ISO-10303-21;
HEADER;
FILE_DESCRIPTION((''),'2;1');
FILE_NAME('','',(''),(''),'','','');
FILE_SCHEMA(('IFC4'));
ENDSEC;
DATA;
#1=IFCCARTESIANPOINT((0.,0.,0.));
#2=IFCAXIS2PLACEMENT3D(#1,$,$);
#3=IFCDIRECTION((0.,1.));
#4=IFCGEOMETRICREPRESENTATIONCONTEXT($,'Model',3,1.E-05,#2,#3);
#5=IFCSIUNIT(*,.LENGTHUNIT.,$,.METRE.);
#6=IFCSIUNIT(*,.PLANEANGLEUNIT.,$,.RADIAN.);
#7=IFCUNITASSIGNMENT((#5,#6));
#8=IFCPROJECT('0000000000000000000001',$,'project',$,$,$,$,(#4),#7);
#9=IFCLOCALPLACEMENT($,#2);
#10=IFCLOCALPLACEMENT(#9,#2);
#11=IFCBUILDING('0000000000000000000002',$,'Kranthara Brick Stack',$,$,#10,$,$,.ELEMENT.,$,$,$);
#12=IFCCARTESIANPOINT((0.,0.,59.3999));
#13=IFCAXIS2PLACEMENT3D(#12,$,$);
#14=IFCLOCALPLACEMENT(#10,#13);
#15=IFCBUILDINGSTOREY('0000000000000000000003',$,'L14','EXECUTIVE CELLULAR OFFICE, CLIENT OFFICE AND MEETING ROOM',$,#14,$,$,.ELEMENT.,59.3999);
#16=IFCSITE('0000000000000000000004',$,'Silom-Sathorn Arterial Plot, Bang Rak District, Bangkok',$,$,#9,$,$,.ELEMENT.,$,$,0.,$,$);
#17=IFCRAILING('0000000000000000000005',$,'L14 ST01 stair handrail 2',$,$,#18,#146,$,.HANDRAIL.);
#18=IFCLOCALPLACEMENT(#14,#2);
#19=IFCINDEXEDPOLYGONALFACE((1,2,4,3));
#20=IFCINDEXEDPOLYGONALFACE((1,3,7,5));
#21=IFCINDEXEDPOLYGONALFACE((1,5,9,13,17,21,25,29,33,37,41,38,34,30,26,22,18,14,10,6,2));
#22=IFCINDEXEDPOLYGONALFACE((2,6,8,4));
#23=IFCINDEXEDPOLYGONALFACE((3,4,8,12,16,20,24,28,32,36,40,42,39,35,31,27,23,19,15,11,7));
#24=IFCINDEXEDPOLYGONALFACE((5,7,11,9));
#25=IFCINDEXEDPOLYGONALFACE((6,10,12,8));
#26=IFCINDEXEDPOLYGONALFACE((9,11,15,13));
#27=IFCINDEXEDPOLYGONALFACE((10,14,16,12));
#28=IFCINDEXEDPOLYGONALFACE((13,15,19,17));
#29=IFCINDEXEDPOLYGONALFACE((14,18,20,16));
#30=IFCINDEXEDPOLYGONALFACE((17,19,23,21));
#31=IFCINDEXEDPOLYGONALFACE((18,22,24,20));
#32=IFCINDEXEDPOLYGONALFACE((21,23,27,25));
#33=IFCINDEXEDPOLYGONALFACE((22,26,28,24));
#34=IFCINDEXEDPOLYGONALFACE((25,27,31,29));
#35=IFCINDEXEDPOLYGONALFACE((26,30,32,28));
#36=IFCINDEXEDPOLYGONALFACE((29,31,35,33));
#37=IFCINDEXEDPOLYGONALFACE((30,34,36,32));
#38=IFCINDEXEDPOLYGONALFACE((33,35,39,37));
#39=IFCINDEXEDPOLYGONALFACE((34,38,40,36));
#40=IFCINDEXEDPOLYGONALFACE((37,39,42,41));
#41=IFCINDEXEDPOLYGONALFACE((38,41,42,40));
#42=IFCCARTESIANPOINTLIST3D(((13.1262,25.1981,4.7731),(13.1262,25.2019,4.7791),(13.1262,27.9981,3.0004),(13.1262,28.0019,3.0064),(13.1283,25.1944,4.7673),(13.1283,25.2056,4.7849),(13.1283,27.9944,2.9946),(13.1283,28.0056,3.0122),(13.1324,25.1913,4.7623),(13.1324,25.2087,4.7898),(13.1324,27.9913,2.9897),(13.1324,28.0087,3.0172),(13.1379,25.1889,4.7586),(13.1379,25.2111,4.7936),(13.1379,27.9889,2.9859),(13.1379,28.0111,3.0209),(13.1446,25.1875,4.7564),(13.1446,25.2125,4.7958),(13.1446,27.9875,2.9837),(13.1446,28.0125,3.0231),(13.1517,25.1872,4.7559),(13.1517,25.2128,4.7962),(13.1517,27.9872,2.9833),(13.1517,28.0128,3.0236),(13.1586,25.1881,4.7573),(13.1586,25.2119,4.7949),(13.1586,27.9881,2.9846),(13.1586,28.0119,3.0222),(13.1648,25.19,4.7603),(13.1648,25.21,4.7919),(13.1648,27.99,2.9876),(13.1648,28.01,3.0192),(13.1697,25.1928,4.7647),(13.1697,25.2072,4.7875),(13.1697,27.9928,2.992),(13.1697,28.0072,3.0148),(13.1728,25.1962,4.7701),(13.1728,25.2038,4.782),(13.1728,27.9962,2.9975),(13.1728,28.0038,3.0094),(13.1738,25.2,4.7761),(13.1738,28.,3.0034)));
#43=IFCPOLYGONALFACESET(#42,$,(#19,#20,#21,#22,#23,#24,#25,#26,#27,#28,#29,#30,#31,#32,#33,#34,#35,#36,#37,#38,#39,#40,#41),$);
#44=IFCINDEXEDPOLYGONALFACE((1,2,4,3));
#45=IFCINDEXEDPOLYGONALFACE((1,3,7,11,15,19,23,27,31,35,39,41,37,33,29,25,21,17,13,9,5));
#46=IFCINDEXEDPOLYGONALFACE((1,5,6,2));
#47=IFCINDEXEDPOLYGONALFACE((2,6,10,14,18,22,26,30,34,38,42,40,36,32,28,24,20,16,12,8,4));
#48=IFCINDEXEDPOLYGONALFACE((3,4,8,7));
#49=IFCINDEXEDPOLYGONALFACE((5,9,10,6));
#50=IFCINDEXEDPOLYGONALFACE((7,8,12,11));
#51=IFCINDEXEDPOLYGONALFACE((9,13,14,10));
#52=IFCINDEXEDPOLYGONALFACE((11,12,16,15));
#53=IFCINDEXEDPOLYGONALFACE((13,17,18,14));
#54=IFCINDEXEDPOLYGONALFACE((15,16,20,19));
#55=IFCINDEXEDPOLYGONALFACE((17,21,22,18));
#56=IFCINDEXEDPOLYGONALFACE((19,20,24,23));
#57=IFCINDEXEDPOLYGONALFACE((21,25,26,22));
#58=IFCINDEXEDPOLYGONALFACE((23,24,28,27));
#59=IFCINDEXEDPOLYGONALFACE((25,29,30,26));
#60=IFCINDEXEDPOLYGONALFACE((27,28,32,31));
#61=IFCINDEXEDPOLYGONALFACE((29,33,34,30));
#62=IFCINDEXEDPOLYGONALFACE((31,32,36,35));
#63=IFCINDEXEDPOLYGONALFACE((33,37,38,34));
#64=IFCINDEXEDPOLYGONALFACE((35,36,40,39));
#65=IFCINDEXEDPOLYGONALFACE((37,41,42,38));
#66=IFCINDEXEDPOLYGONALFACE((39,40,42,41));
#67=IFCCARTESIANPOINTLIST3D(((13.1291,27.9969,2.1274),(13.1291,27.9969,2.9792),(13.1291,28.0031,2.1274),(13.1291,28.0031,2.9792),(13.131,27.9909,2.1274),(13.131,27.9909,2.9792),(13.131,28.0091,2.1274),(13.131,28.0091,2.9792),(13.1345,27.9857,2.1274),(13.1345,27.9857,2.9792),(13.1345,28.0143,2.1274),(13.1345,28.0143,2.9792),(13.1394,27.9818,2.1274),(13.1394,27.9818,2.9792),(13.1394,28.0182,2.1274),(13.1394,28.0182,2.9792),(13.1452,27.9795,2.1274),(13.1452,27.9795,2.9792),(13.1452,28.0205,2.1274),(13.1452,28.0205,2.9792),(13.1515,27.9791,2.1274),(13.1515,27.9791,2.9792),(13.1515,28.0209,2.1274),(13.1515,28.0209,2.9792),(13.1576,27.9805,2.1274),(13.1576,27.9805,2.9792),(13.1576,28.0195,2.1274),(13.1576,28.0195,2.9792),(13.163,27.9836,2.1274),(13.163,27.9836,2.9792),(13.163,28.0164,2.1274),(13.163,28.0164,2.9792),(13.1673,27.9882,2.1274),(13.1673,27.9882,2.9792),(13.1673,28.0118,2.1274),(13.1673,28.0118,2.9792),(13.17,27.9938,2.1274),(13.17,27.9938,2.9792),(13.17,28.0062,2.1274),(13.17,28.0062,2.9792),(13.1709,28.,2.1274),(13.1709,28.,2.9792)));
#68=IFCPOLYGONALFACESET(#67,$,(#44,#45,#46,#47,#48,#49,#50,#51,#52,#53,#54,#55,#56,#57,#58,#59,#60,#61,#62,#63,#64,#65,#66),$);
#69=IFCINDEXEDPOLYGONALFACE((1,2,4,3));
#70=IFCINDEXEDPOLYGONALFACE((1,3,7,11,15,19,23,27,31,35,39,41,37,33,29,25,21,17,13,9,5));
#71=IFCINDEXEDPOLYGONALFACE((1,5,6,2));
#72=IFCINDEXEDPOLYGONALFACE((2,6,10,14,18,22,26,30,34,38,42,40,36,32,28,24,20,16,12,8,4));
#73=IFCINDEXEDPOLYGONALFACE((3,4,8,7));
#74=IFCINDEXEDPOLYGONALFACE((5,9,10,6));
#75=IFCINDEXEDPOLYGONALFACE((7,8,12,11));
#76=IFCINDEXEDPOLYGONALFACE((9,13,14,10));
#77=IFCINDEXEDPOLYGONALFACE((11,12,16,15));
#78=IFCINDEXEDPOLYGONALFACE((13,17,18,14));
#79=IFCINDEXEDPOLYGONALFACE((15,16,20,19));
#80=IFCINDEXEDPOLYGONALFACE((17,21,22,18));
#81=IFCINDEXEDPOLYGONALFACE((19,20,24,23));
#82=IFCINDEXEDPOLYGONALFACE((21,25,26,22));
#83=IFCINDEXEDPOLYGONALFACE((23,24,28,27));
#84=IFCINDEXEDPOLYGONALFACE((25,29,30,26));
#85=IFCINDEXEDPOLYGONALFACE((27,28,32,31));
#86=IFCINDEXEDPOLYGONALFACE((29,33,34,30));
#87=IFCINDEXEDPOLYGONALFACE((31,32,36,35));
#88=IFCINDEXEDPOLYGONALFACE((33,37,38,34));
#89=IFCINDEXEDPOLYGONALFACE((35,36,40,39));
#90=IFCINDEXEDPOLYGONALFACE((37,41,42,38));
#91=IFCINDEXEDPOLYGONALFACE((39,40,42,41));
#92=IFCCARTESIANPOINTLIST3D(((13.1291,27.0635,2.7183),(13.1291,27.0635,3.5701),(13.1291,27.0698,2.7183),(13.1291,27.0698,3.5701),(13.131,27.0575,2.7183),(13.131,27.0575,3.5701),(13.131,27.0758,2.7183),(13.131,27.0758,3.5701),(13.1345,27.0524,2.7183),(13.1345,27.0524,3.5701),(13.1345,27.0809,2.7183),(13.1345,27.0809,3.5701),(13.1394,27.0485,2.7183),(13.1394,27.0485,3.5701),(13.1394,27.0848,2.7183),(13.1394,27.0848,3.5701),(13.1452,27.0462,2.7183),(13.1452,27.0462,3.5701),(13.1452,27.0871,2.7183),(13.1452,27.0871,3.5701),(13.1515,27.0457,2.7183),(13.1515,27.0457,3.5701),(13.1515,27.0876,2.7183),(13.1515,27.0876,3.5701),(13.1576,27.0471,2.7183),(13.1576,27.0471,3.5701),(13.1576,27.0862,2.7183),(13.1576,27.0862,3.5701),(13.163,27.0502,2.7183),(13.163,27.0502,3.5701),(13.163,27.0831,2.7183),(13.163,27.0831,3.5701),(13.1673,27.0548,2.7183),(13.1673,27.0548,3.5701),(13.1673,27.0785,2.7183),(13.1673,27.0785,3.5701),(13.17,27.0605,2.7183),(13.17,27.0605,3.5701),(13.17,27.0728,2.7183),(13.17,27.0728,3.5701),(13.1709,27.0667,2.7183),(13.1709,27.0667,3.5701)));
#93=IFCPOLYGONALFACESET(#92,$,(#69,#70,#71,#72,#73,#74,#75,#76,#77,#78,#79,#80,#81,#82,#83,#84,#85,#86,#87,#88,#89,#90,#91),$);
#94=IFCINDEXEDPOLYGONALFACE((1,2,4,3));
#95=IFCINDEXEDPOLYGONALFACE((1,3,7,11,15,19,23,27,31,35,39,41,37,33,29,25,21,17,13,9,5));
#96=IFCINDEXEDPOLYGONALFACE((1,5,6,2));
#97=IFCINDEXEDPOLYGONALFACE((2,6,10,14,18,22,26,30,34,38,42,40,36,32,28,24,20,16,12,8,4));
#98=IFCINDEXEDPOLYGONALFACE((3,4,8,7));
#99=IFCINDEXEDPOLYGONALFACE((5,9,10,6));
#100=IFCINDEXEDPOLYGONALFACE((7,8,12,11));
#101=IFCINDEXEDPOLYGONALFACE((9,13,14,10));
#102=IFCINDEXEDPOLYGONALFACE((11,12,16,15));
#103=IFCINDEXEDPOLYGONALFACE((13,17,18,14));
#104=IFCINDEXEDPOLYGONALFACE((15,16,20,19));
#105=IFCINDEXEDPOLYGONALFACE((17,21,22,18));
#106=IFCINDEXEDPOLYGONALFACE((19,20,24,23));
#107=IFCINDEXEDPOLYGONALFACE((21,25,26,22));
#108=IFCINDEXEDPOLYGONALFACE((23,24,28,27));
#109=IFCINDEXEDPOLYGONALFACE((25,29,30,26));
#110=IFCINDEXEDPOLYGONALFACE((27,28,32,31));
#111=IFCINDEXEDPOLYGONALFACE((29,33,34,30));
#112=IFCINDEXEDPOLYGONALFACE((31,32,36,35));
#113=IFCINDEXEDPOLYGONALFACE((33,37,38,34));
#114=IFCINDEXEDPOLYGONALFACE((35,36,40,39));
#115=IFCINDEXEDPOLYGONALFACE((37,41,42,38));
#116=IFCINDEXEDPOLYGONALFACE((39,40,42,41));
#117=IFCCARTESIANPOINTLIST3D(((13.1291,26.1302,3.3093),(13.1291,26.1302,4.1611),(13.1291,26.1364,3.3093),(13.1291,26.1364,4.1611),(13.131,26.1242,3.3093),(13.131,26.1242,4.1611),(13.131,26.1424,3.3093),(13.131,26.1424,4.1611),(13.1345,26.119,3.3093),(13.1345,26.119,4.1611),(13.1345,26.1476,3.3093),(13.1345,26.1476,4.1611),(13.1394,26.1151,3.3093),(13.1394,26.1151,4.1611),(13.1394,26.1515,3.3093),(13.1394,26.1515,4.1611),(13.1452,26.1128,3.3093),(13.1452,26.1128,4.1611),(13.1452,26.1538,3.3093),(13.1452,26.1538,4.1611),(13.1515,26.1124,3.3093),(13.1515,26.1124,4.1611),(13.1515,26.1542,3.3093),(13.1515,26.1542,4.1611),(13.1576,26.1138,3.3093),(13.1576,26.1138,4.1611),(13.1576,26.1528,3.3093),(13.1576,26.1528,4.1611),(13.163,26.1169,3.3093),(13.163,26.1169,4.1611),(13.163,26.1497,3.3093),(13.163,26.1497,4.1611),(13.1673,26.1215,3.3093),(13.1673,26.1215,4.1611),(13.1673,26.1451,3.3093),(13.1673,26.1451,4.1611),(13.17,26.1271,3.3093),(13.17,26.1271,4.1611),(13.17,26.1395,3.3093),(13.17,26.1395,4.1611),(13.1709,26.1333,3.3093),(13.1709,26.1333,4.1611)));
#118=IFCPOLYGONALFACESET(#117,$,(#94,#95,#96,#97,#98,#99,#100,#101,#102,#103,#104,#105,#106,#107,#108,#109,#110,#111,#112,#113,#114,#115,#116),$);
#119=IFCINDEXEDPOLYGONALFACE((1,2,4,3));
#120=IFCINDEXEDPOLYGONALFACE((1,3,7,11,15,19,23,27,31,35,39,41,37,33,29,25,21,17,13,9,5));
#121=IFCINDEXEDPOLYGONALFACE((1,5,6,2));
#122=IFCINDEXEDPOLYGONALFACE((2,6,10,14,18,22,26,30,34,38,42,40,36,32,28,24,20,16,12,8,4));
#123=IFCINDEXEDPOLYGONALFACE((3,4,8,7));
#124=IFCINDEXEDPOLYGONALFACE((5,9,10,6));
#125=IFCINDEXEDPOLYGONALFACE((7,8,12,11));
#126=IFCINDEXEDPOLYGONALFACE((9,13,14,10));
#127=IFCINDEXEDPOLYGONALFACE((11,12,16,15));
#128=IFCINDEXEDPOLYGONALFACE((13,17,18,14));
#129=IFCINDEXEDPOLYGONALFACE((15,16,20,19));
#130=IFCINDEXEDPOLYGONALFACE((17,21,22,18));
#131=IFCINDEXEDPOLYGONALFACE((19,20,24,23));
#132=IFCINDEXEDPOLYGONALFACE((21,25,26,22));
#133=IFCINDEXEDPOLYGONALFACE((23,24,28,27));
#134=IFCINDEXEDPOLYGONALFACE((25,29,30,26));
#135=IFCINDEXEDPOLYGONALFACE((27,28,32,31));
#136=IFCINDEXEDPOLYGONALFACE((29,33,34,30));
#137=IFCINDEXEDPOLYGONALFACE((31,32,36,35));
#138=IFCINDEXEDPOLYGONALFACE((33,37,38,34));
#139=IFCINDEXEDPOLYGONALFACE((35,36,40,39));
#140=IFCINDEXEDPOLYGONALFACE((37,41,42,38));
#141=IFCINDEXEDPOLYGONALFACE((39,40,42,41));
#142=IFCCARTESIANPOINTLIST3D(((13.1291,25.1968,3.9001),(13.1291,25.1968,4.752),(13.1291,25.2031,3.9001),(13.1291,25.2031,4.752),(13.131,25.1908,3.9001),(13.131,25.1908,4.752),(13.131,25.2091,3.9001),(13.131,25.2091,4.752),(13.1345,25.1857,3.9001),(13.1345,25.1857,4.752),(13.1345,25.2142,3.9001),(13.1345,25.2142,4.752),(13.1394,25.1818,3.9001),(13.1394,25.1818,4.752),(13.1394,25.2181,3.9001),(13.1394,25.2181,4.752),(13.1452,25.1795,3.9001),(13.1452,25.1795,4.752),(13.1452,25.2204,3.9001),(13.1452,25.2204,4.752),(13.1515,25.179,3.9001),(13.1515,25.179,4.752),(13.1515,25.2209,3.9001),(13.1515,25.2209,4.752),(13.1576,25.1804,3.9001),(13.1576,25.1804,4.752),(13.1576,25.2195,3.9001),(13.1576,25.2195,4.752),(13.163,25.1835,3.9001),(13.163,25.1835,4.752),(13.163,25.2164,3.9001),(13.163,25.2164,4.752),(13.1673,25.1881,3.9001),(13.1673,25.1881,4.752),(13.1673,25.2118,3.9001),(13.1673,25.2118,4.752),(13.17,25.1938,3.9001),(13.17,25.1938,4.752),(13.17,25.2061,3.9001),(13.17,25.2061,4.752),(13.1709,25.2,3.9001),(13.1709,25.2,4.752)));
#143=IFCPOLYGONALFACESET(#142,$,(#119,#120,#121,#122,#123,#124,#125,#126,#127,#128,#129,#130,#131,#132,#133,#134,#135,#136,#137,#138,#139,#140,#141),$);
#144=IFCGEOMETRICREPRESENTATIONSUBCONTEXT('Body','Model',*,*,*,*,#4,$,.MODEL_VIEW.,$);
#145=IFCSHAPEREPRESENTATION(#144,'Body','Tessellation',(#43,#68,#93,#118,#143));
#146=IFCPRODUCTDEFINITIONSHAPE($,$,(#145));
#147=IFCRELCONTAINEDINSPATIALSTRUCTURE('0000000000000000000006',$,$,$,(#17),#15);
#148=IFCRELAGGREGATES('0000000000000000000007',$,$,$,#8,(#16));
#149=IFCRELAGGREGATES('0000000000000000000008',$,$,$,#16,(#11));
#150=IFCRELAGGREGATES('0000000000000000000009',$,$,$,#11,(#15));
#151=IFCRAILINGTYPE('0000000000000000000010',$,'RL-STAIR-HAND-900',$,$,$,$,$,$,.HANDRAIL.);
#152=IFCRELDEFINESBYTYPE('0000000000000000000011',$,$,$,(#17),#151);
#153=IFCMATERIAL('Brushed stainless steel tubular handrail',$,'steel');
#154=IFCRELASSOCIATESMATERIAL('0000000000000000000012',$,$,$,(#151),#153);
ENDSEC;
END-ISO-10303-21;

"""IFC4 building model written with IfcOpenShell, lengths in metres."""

from ifc_helpers import new_model, si_unit, direction, frame, origin, origin_2d, place, context, subcontext, project, spatial, circle, extrude, material, type_object, element, save


model = new_model("IFC4")

# Units and contexts
model_context = context("Model", 3, precision=1e-05, world=origin(), true_north=direction((0.0, 1.0)))
body_context = subcontext(model_context, "Body", "Model", "MODEL_VIEW")
ifc_project = project(units=[si_unit("LENGTHUNIT", "METRE"), si_unit("PLANEANGLEUNIT", "RADIAN")], contexts=[model_context])

# Site, building, storey
site_placement = place(None, origin())
site = spatial("IfcSite", under=ifc_project, at=site_placement, Name="Silom-Sathorn Arterial Plot, Bang Rak District, Bangkok", CompositionType="ELEMENT", RefElevation=0.0)
building_placement = place(site_placement, origin())
building = spatial("IfcBuilding", under=site, at=building_placement, Name="Kranthara Brick Stack", CompositionType="ELEMENT")
storey_placement = place(building_placement, frame((0.0, 0.0, 59.3999)))
storey = spatial("IfcBuildingStorey", under=building, at=storey_placement, Name="L14", Description="EXECUTIVE CELLULAR OFFICE, CLIENT OFFICE AND MEETING ROOM", CompositionType="ELEMENT", Elevation=59.3999)

# Railing
ifc_material_1 = material(Name="Brushed stainless steel tubular handrail", Category="steel")
railing_type_1 = type_object("IfcRailingType", Name="RL-STAIR-HAND-900", PredefinedType="HANDRAIL", material=ifc_material_1)
railing_1_placement = place(storey_placement, frame((13.1499, 28.0, 2.1274)))
element("IfcRailing", 1, at=railing_1_placement, inside=storey, type_object=railing_type_1, Name="L14 ST01 stair handrail 2", PredefinedType="HANDRAIL", context=body_context, shape_type="SweptSolid", body=[
    extrude(circle(Radius=0.0239, at=origin_2d()), frame((0.0, 0.0, 0.876), z_axis=(0.0, -0.844909, 0.53491), x_axis=(1.0, 0.0, 0.0)), (0.0, 0.0, 1.0), 3.314),
    extrude(circle(Radius=0.021, at=origin_2d()), origin(), (0.0, 0.0, 1.0), 0.8518),
    extrude(circle(Radius=0.021, at=origin_2d()), frame((0.0, -0.9333, 0.5908)), (0.0, 0.0, 1.0), 0.8518),
    extrude(circle(Radius=0.021, at=origin_2d()), frame((0.0, -1.8667, 1.1819)), (0.0, 0.0, 1.0), 0.8518),
    extrude(circle(Radius=0.021, at=origin_2d()), frame((0.0, -2.8, 1.7727)), (0.0, 0.0, 1.0), 0.8518),
])

save(model, "model.ifc")
